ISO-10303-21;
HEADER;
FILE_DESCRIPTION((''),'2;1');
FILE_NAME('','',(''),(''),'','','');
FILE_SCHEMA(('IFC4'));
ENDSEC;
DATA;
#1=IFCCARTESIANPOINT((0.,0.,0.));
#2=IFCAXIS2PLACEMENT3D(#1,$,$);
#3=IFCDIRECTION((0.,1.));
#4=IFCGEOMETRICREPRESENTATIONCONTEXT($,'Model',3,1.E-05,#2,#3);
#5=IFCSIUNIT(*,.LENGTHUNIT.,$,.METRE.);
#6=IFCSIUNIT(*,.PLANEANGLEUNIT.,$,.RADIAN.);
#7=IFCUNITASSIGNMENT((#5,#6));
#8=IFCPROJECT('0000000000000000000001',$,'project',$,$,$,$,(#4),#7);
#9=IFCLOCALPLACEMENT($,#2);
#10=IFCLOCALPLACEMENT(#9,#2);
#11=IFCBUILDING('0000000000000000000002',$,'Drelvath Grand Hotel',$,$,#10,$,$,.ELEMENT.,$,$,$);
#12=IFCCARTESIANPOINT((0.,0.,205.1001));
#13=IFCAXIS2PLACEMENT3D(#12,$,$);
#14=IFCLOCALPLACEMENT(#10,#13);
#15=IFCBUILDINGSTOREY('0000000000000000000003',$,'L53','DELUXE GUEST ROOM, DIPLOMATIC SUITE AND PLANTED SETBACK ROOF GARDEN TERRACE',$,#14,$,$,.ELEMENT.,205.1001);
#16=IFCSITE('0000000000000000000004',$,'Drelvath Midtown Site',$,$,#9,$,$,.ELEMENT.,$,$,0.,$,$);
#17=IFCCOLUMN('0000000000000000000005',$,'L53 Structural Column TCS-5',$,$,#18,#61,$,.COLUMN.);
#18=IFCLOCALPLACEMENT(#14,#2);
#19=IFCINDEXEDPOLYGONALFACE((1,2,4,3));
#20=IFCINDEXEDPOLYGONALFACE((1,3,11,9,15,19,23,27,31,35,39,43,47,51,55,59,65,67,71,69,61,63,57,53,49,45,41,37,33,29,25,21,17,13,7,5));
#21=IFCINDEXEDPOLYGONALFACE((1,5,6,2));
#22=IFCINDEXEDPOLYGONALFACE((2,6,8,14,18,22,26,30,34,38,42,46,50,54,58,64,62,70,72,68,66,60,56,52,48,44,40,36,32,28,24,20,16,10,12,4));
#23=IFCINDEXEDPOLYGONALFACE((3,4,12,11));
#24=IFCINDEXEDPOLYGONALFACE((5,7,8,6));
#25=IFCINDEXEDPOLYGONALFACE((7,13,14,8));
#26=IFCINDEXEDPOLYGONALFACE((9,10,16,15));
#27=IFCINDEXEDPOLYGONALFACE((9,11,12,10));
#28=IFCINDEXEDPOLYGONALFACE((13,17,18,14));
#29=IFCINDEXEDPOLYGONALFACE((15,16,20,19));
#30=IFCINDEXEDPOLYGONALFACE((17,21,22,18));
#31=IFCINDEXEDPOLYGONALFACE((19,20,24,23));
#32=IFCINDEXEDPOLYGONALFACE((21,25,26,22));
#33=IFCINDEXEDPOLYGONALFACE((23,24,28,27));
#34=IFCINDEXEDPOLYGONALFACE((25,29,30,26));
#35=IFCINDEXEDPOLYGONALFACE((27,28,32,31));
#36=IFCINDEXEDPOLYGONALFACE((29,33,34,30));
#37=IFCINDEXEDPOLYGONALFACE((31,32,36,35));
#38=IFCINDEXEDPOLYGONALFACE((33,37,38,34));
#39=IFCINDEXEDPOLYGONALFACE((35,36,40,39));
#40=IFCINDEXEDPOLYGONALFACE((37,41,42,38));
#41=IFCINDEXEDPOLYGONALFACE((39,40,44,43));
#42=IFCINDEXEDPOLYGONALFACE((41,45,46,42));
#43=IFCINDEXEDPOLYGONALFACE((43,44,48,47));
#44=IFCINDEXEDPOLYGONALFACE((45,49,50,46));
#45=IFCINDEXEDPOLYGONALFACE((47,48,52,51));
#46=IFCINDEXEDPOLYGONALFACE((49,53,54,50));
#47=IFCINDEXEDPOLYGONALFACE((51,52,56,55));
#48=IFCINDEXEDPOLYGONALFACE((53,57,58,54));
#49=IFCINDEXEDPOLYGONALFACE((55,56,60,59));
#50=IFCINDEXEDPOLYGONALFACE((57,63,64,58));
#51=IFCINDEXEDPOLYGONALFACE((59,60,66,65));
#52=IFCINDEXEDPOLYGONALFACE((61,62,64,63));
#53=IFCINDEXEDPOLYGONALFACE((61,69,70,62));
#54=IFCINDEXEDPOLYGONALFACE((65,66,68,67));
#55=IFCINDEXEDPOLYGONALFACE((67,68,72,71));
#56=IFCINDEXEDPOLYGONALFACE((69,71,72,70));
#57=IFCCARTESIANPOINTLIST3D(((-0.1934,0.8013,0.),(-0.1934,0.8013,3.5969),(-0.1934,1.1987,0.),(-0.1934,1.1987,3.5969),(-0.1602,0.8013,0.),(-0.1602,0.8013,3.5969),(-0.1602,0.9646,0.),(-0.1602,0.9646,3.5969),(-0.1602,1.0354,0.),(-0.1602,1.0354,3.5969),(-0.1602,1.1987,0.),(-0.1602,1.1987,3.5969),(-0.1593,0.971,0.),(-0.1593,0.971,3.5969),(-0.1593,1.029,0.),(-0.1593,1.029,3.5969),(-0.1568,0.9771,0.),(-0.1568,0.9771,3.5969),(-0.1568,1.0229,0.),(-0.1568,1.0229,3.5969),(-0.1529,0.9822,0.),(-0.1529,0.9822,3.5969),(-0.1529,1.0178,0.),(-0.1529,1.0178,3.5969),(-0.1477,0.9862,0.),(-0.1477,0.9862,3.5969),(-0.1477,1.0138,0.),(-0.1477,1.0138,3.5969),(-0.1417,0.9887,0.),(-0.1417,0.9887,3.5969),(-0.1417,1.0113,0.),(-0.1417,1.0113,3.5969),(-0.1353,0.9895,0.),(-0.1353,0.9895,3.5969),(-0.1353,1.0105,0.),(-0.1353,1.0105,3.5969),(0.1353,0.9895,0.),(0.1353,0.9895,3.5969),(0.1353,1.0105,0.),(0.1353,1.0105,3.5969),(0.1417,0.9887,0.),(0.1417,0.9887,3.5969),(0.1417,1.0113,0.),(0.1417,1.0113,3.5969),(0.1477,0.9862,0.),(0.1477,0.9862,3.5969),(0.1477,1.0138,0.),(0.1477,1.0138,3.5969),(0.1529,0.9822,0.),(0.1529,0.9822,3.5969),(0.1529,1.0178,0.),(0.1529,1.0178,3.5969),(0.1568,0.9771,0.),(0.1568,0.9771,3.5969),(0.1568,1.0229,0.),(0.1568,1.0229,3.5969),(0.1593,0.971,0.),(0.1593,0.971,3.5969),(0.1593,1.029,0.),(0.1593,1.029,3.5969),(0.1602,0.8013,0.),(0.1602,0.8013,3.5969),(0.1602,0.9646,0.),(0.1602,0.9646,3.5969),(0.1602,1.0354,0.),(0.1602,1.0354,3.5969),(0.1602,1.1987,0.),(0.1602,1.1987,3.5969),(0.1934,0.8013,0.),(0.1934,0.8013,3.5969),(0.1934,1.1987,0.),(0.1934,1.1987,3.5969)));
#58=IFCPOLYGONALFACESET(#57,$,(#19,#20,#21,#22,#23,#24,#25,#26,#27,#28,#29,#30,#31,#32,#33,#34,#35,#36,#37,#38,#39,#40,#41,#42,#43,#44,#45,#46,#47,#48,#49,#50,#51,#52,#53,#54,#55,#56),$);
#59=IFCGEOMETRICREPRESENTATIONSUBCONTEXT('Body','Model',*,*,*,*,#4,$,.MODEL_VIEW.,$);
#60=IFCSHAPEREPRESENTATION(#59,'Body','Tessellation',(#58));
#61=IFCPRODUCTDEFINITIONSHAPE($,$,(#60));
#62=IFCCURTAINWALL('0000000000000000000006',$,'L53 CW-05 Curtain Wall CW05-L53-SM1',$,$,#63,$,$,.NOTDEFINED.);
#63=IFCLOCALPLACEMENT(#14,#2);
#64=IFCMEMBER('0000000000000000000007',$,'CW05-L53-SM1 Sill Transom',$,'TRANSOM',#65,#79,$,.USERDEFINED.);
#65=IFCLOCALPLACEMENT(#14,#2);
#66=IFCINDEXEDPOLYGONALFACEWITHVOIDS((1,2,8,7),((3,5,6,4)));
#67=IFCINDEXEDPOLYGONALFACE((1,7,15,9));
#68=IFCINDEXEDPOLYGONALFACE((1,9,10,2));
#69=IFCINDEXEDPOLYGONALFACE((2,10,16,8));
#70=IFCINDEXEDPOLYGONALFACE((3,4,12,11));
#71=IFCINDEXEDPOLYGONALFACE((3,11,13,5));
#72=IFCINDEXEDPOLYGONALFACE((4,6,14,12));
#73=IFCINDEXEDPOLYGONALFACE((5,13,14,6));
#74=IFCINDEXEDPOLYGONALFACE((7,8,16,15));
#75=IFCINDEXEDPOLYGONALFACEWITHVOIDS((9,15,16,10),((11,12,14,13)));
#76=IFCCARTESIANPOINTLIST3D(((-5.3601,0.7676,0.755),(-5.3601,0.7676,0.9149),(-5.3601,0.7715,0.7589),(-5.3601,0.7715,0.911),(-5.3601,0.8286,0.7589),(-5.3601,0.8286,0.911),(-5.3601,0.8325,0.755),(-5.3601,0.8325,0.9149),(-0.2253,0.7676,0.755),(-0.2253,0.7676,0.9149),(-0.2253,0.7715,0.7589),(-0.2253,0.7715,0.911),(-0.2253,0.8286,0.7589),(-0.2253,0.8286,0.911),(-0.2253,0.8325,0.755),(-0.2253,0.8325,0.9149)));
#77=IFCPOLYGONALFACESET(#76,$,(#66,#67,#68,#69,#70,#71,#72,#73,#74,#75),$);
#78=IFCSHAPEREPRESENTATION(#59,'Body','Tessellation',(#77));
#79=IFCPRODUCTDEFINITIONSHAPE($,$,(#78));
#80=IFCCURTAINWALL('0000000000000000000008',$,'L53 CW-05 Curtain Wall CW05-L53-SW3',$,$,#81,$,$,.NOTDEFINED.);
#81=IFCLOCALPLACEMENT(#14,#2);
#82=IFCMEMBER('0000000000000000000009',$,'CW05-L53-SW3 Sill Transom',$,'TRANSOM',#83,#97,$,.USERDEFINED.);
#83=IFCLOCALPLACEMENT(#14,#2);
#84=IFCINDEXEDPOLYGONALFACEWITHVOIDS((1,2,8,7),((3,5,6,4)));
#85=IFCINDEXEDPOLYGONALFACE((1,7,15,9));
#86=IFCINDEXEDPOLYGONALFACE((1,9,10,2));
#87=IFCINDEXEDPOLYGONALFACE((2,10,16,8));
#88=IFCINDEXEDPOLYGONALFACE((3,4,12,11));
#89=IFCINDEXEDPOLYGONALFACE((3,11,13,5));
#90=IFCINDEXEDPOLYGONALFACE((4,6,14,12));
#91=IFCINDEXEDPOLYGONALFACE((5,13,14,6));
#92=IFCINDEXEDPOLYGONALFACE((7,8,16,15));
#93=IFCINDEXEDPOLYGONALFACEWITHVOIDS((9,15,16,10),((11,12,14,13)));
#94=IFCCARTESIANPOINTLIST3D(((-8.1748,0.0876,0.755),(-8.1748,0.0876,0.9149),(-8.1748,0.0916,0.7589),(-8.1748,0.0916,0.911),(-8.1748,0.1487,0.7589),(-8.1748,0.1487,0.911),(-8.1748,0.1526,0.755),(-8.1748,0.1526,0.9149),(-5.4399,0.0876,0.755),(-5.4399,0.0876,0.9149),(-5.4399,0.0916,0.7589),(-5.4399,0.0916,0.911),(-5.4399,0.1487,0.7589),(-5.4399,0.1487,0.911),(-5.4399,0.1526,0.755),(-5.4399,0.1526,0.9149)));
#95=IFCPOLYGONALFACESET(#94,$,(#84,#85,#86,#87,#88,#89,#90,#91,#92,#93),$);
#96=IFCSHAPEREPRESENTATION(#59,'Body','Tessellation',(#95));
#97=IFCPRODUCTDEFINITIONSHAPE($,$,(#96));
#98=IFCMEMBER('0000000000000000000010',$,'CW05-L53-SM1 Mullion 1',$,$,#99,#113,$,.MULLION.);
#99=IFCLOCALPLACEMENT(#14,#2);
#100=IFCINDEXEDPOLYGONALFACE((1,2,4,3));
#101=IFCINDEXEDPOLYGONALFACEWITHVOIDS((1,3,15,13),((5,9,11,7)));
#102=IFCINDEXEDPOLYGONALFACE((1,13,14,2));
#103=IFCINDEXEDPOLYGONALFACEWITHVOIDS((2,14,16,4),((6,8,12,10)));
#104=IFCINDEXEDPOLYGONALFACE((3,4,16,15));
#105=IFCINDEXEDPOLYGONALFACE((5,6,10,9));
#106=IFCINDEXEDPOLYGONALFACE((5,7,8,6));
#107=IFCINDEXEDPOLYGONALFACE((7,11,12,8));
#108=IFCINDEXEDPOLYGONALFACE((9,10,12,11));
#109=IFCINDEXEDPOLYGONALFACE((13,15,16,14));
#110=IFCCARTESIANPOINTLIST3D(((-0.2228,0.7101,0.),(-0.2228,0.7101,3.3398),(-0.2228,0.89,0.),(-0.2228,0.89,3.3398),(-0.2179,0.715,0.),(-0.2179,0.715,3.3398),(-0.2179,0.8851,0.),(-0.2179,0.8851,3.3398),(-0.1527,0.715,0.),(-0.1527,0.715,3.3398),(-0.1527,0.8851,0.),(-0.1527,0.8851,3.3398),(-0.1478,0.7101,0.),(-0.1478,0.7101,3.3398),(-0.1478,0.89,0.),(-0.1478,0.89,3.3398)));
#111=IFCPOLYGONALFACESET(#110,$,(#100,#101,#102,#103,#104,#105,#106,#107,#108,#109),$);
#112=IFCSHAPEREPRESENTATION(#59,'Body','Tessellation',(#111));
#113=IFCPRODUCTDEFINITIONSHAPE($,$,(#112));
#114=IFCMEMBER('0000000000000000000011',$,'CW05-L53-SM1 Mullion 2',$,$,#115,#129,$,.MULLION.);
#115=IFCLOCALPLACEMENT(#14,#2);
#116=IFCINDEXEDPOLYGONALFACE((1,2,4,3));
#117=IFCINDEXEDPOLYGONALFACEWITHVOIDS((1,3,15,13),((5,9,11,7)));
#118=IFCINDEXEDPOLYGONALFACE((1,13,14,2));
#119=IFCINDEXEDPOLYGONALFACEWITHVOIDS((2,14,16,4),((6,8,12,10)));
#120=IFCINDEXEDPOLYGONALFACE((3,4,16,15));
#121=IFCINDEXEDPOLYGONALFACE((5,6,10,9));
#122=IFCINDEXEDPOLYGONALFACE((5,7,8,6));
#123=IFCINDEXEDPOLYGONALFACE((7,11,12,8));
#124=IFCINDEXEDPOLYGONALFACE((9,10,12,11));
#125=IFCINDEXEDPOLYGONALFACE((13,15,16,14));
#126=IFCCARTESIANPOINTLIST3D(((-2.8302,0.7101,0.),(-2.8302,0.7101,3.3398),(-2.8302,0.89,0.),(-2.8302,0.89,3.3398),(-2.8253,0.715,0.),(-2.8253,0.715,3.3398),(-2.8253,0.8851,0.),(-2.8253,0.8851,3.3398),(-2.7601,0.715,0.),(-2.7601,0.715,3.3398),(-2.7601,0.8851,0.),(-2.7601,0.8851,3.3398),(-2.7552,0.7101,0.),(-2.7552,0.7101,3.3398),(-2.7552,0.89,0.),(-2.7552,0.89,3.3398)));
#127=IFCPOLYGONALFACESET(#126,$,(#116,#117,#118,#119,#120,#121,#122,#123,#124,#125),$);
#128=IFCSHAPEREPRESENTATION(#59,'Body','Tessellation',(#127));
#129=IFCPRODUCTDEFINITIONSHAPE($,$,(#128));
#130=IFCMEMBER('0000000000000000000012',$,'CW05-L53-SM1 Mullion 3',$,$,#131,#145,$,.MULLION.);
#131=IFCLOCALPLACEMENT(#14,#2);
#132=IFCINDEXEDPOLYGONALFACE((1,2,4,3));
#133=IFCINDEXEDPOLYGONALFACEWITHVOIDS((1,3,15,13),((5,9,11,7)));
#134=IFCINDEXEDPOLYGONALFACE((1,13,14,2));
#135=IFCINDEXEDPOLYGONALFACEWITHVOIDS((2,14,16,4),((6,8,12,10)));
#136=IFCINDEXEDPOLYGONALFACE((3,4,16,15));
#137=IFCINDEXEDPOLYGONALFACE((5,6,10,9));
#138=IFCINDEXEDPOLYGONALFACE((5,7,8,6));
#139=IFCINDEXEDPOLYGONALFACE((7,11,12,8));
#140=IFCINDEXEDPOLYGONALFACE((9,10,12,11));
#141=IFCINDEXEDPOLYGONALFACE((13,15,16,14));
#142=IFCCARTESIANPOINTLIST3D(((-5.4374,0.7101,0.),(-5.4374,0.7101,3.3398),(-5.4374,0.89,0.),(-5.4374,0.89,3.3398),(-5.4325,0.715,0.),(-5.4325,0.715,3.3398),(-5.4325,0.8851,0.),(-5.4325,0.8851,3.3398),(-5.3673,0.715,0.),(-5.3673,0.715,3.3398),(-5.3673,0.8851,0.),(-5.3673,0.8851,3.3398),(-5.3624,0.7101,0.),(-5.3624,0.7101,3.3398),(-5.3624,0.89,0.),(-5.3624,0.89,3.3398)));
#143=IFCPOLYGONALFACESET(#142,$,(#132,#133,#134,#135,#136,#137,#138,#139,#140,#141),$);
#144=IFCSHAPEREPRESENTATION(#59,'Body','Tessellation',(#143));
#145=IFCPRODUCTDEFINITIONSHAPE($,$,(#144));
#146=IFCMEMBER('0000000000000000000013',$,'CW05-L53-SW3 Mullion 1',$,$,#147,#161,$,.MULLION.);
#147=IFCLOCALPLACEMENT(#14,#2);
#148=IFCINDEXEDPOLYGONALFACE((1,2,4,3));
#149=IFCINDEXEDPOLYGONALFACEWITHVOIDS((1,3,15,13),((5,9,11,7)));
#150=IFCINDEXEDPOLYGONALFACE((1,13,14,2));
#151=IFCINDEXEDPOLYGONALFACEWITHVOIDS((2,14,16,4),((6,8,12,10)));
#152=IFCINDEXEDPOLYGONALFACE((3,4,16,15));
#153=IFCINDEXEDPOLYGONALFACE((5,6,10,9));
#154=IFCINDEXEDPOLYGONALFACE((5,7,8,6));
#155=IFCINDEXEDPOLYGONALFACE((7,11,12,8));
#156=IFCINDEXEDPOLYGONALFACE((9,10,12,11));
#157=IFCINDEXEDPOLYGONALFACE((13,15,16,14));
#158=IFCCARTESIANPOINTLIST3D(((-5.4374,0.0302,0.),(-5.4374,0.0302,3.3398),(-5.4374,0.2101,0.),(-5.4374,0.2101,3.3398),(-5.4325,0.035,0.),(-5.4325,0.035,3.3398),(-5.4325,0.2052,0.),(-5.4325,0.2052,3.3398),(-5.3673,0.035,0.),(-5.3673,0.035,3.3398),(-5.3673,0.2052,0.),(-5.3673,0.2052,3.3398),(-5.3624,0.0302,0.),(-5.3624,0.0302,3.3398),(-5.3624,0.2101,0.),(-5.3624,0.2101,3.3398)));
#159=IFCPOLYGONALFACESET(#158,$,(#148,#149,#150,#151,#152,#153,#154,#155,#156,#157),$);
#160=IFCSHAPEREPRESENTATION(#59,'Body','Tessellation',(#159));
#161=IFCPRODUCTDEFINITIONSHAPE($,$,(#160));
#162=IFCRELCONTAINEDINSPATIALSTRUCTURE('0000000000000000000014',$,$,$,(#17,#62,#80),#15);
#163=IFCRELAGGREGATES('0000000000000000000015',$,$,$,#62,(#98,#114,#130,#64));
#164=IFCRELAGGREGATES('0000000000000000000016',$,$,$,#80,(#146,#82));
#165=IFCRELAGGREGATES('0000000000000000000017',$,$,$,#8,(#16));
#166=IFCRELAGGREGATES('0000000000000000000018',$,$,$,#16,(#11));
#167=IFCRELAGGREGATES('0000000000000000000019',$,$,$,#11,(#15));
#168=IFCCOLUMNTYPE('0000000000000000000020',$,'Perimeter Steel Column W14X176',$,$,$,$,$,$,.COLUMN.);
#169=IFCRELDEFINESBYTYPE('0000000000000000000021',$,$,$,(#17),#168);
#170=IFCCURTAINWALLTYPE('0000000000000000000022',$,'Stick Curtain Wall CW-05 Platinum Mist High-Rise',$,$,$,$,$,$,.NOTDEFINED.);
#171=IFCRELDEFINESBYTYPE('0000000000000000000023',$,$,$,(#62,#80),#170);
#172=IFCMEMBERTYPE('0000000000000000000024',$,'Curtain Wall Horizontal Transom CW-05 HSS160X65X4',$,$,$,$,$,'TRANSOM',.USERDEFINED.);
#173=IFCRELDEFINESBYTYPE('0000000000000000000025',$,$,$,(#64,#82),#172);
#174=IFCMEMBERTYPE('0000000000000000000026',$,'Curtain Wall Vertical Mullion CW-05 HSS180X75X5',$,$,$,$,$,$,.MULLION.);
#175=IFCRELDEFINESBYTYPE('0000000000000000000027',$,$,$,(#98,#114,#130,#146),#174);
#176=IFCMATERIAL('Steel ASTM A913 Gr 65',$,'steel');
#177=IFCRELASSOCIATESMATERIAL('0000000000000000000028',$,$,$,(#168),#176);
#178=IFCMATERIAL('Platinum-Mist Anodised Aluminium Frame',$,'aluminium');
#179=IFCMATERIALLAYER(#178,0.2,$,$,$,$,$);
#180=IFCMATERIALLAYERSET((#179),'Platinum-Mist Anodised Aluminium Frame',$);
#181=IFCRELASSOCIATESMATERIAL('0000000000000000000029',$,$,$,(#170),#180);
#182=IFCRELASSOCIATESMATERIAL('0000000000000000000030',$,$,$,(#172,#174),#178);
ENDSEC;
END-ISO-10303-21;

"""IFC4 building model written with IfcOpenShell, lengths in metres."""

from ifc_helpers import new_model, si_unit, direction, frame, origin, origin_2d, place, context, subcontext, project, spatial, hollow_rectangle, i_section, extrude, material, layer, layer_set, material_profile, profile_set, type_object, element, aggregate, save


model = new_model("IFC4")

# Units and contexts
model_context = context("Model", 3, precision=1e-05, world=origin(), true_north=direction((0.0, 1.0)))
body_context = subcontext(model_context, "Body", "Model", "MODEL_VIEW")
ifc_project = project(units=[si_unit("LENGTHUNIT", "METRE"), si_unit("PLANEANGLEUNIT", "RADIAN")], contexts=[model_context])

# Site, building, storey
site_placement = place(None, origin())
site = spatial("IfcSite", under=ifc_project, at=site_placement, Name="Drelvath Midtown Site", CompositionType="ELEMENT", RefElevation=0.0)
building_placement = place(site_placement, origin())
building = spatial("IfcBuilding", under=site, at=building_placement, Name="Drelvath Grand Hotel", CompositionType="ELEMENT")
storey_placement = place(building_placement, frame((0.0, 0.0, 205.1001)))
storey = spatial("IfcBuildingStorey", under=building, at=storey_placement, Name="L53", Description="DELUXE GUEST ROOM, DIPLOMATIC SUITE AND PLANTED SETBACK ROOF GARDEN TERRACE", CompositionType="ELEMENT", Elevation=205.1001)

# Column
ifc_material_1 = material(Name="Steel ASTM A913 Gr 65", Category="steel")
ifc_material_profile_1 = material_profile(ifc_material_1, i_section(OverallWidth=0.3975, OverallDepth=0.3867, WebThickness=0.021, FlangeThickness=0.0332, FilletRadius=0.0249, at=origin_2d()), Name="W14X176")
ifc_profile_set_1 = profile_set([ifc_material_profile_1], Name="Steel ASTM A913 Gr 65")
column_type = type_object("IfcColumnType", Name="Perimeter Steel Column W14X176", PredefinedType="COLUMN", material=ifc_profile_set_1)
column_placement = place(storey_placement, frame((0.0, 1.0, 0.0), z_axis=(0.0, 0.0, 1.0), x_axis=(0.0, 1.0, 0.0)))
element("IfcColumn", 1, at=column_placement, inside=storey, type_object=column_type, Name="L53 Structural Column TCS-5", PredefinedType="COLUMN", context=body_context, shape_type="SweptSolid", body=[
    extrude(i_section(OverallWidth=0.3975, OverallDepth=0.3867, WebThickness=0.021, FlangeThickness=0.0332, FilletRadius=0.0249, at=origin_2d()), origin(), (0.0, 0.0, 1.0), 3.5969),
])

# Curtain walls, members
ifc_material_2 = material(Name="Platinum-Mist Anodised Aluminium Frame", Category="aluminium")
ifc_layer_1 = layer(ifc_material_2, 0.2)
ifc_layer_set_1 = layer_set([ifc_layer_1], Name="Platinum-Mist Anodised Aluminium Frame")
curtain_wall_type = type_object("IfcCurtainWallType", Name="Stick Curtain Wall CW-05 Platinum Mist High-Rise", PredefinedType="NOTDEFINED", material=ifc_layer_set_1)
curtain_wall_1_placement = place(storey_placement, origin())
curtain_wall_1 = element("IfcCurtainWall", 2, at=curtain_wall_1_placement, inside=storey, type_object=curtain_wall_type, Name="L53 CW-05 Curtain Wall CW05-L53-SM1", PredefinedType="NOTDEFINED")
ifc_material_profile_2 = material_profile(ifc_material_2, hollow_rectangle(XDim=0.0649, YDim=0.1599, WallThickness=0.0039, at=origin_2d()), Name="HSS160X65X4")
ifc_profile_set_2 = profile_set([ifc_material_profile_2], Name="Platinum-Mist Anodised Aluminium Frame")
member_type_1 = type_object("IfcMemberType", Name="Curtain Wall Horizontal Transom CW-05 HSS160X65X4", ElementType="TRANSOM", PredefinedType="USERDEFINED", material=ifc_profile_set_2)
member_1_placement = place(storey_placement, frame((-0.2253, 0.8, 0.835), z_axis=(-1.0, 0.0, 0.0), x_axis=(0.0, -1.0, 0.0)))
member_1 = element("IfcMember", 3, at=member_1_placement, type_object=member_type_1, Name="CW05-L53-SM1 Sill Transom", ObjectType="TRANSOM", PredefinedType="USERDEFINED", context=body_context, shape_type="SweptSolid", body=[
    extrude(hollow_rectangle(XDim=0.0649, YDim=0.1599, WallThickness=0.0039, at=origin_2d()), origin(), (0.0, 0.0, 1.0), 5.1348),
])
curtain_wall_2_placement = place(storey_placement, origin())
curtain_wall_2 = element("IfcCurtainWall", 4, at=curtain_wall_2_placement, inside=storey, type_object=curtain_wall_type, Name="L53 CW-05 Curtain Wall CW05-L53-SW3", PredefinedType="NOTDEFINED")
member_2_placement = place(storey_placement, frame((-5.4399, 0.1201, 0.835), z_axis=(-1.0, 0.0, 0.0), x_axis=(0.0, -1.0, 0.0)))
member_2 = element("IfcMember", 5, at=member_2_placement, type_object=member_type_1, Name="CW05-L53-SW3 Sill Transom", ObjectType="TRANSOM", PredefinedType="USERDEFINED", context=body_context, shape_type="SweptSolid", body=[
    extrude(hollow_rectangle(XDim=0.0649, YDim=0.1599, WallThickness=0.0039, at=origin_2d()), origin(), (0.0, 0.0, 1.0), 2.7349),
])

# Members
ifc_material_profile_3 = material_profile(ifc_material_2, hollow_rectangle(XDim=0.075, YDim=0.1799, WallThickness=0.0049, at=origin_2d()), Name="HSS180X75X5")
ifc_profile_set_3 = profile_set([ifc_material_profile_3], Name="Platinum-Mist Anodised Aluminium Frame")
member_type_2 = type_object("IfcMemberType", Name="Curtain Wall Vertical Mullion CW-05 HSS180X75X5", PredefinedType="MULLION", material=ifc_profile_set_3)
member_3_placement = place(storey_placement, frame((-0.1853, 0.8, 0.0), z_axis=(0.0, 0.0, 1.0), x_axis=(1.0, 0.0, 0.0)))
member_3 = element("IfcMember", 6, at=member_3_placement, type_object=member_type_2, Name="CW05-L53-SM1 Mullion 1", PredefinedType="MULLION", context=body_context, shape_type="SweptSolid", body=[
    extrude(hollow_rectangle(XDim=0.075, YDim=0.1799, WallThickness=0.0049, at=origin_2d()), origin(), (0.0, 0.0, 1.0), 3.3398),
])
member_4_placement = place(storey_placement, frame((-2.7927, 0.8, 0.0), z_axis=(0.0, 0.0, 1.0), x_axis=(1.0, 0.0, 0.0)))
member_4 = element("IfcMember", 7, at=member_4_placement, type_object=member_type_2, Name="CW05-L53-SM1 Mullion 2", PredefinedType="MULLION", context=body_context, shape_type="SweptSolid", body=[
    extrude(hollow_rectangle(XDim=0.075, YDim=0.1799, WallThickness=0.0049, at=origin_2d()), origin(), (0.0, 0.0, 1.0), 3.3398),
])
member_5_placement = place(storey_placement, frame((-5.3999, 0.8, 0.0), z_axis=(0.0, 0.0, 1.0), x_axis=(1.0, 0.0, 0.0)))
member_5 = element("IfcMember", 8, at=member_5_placement, type_object=member_type_2, Name="CW05-L53-SM1 Mullion 3", PredefinedType="MULLION", context=body_context, shape_type="SweptSolid", body=[
    extrude(hollow_rectangle(XDim=0.075, YDim=0.1799, WallThickness=0.0049, at=origin_2d()), origin(), (0.0, 0.0, 1.0), 3.3398),
])
member_6_placement = place(storey_placement, frame((-5.3999, 0.1201, 0.0), z_axis=(0.0, 0.0, 1.0), x_axis=(1.0, 0.0, 0.0)))
member_6 = element("IfcMember", 9, at=member_6_placement, type_object=member_type_2, Name="CW05-L53-SW3 Mullion 1", PredefinedType="MULLION", context=body_context, shape_type="SweptSolid", body=[
    extrude(hollow_rectangle(XDim=0.075, YDim=0.1799, WallThickness=0.0049, at=origin_2d()), origin(), (0.0, 0.0, 1.0), 3.3398),
])

aggregate(curtain_wall_1, [member_3, member_4, member_5, member_1])
aggregate(curtain_wall_2, [member_6, member_2])

save(model, "model.ifc")
